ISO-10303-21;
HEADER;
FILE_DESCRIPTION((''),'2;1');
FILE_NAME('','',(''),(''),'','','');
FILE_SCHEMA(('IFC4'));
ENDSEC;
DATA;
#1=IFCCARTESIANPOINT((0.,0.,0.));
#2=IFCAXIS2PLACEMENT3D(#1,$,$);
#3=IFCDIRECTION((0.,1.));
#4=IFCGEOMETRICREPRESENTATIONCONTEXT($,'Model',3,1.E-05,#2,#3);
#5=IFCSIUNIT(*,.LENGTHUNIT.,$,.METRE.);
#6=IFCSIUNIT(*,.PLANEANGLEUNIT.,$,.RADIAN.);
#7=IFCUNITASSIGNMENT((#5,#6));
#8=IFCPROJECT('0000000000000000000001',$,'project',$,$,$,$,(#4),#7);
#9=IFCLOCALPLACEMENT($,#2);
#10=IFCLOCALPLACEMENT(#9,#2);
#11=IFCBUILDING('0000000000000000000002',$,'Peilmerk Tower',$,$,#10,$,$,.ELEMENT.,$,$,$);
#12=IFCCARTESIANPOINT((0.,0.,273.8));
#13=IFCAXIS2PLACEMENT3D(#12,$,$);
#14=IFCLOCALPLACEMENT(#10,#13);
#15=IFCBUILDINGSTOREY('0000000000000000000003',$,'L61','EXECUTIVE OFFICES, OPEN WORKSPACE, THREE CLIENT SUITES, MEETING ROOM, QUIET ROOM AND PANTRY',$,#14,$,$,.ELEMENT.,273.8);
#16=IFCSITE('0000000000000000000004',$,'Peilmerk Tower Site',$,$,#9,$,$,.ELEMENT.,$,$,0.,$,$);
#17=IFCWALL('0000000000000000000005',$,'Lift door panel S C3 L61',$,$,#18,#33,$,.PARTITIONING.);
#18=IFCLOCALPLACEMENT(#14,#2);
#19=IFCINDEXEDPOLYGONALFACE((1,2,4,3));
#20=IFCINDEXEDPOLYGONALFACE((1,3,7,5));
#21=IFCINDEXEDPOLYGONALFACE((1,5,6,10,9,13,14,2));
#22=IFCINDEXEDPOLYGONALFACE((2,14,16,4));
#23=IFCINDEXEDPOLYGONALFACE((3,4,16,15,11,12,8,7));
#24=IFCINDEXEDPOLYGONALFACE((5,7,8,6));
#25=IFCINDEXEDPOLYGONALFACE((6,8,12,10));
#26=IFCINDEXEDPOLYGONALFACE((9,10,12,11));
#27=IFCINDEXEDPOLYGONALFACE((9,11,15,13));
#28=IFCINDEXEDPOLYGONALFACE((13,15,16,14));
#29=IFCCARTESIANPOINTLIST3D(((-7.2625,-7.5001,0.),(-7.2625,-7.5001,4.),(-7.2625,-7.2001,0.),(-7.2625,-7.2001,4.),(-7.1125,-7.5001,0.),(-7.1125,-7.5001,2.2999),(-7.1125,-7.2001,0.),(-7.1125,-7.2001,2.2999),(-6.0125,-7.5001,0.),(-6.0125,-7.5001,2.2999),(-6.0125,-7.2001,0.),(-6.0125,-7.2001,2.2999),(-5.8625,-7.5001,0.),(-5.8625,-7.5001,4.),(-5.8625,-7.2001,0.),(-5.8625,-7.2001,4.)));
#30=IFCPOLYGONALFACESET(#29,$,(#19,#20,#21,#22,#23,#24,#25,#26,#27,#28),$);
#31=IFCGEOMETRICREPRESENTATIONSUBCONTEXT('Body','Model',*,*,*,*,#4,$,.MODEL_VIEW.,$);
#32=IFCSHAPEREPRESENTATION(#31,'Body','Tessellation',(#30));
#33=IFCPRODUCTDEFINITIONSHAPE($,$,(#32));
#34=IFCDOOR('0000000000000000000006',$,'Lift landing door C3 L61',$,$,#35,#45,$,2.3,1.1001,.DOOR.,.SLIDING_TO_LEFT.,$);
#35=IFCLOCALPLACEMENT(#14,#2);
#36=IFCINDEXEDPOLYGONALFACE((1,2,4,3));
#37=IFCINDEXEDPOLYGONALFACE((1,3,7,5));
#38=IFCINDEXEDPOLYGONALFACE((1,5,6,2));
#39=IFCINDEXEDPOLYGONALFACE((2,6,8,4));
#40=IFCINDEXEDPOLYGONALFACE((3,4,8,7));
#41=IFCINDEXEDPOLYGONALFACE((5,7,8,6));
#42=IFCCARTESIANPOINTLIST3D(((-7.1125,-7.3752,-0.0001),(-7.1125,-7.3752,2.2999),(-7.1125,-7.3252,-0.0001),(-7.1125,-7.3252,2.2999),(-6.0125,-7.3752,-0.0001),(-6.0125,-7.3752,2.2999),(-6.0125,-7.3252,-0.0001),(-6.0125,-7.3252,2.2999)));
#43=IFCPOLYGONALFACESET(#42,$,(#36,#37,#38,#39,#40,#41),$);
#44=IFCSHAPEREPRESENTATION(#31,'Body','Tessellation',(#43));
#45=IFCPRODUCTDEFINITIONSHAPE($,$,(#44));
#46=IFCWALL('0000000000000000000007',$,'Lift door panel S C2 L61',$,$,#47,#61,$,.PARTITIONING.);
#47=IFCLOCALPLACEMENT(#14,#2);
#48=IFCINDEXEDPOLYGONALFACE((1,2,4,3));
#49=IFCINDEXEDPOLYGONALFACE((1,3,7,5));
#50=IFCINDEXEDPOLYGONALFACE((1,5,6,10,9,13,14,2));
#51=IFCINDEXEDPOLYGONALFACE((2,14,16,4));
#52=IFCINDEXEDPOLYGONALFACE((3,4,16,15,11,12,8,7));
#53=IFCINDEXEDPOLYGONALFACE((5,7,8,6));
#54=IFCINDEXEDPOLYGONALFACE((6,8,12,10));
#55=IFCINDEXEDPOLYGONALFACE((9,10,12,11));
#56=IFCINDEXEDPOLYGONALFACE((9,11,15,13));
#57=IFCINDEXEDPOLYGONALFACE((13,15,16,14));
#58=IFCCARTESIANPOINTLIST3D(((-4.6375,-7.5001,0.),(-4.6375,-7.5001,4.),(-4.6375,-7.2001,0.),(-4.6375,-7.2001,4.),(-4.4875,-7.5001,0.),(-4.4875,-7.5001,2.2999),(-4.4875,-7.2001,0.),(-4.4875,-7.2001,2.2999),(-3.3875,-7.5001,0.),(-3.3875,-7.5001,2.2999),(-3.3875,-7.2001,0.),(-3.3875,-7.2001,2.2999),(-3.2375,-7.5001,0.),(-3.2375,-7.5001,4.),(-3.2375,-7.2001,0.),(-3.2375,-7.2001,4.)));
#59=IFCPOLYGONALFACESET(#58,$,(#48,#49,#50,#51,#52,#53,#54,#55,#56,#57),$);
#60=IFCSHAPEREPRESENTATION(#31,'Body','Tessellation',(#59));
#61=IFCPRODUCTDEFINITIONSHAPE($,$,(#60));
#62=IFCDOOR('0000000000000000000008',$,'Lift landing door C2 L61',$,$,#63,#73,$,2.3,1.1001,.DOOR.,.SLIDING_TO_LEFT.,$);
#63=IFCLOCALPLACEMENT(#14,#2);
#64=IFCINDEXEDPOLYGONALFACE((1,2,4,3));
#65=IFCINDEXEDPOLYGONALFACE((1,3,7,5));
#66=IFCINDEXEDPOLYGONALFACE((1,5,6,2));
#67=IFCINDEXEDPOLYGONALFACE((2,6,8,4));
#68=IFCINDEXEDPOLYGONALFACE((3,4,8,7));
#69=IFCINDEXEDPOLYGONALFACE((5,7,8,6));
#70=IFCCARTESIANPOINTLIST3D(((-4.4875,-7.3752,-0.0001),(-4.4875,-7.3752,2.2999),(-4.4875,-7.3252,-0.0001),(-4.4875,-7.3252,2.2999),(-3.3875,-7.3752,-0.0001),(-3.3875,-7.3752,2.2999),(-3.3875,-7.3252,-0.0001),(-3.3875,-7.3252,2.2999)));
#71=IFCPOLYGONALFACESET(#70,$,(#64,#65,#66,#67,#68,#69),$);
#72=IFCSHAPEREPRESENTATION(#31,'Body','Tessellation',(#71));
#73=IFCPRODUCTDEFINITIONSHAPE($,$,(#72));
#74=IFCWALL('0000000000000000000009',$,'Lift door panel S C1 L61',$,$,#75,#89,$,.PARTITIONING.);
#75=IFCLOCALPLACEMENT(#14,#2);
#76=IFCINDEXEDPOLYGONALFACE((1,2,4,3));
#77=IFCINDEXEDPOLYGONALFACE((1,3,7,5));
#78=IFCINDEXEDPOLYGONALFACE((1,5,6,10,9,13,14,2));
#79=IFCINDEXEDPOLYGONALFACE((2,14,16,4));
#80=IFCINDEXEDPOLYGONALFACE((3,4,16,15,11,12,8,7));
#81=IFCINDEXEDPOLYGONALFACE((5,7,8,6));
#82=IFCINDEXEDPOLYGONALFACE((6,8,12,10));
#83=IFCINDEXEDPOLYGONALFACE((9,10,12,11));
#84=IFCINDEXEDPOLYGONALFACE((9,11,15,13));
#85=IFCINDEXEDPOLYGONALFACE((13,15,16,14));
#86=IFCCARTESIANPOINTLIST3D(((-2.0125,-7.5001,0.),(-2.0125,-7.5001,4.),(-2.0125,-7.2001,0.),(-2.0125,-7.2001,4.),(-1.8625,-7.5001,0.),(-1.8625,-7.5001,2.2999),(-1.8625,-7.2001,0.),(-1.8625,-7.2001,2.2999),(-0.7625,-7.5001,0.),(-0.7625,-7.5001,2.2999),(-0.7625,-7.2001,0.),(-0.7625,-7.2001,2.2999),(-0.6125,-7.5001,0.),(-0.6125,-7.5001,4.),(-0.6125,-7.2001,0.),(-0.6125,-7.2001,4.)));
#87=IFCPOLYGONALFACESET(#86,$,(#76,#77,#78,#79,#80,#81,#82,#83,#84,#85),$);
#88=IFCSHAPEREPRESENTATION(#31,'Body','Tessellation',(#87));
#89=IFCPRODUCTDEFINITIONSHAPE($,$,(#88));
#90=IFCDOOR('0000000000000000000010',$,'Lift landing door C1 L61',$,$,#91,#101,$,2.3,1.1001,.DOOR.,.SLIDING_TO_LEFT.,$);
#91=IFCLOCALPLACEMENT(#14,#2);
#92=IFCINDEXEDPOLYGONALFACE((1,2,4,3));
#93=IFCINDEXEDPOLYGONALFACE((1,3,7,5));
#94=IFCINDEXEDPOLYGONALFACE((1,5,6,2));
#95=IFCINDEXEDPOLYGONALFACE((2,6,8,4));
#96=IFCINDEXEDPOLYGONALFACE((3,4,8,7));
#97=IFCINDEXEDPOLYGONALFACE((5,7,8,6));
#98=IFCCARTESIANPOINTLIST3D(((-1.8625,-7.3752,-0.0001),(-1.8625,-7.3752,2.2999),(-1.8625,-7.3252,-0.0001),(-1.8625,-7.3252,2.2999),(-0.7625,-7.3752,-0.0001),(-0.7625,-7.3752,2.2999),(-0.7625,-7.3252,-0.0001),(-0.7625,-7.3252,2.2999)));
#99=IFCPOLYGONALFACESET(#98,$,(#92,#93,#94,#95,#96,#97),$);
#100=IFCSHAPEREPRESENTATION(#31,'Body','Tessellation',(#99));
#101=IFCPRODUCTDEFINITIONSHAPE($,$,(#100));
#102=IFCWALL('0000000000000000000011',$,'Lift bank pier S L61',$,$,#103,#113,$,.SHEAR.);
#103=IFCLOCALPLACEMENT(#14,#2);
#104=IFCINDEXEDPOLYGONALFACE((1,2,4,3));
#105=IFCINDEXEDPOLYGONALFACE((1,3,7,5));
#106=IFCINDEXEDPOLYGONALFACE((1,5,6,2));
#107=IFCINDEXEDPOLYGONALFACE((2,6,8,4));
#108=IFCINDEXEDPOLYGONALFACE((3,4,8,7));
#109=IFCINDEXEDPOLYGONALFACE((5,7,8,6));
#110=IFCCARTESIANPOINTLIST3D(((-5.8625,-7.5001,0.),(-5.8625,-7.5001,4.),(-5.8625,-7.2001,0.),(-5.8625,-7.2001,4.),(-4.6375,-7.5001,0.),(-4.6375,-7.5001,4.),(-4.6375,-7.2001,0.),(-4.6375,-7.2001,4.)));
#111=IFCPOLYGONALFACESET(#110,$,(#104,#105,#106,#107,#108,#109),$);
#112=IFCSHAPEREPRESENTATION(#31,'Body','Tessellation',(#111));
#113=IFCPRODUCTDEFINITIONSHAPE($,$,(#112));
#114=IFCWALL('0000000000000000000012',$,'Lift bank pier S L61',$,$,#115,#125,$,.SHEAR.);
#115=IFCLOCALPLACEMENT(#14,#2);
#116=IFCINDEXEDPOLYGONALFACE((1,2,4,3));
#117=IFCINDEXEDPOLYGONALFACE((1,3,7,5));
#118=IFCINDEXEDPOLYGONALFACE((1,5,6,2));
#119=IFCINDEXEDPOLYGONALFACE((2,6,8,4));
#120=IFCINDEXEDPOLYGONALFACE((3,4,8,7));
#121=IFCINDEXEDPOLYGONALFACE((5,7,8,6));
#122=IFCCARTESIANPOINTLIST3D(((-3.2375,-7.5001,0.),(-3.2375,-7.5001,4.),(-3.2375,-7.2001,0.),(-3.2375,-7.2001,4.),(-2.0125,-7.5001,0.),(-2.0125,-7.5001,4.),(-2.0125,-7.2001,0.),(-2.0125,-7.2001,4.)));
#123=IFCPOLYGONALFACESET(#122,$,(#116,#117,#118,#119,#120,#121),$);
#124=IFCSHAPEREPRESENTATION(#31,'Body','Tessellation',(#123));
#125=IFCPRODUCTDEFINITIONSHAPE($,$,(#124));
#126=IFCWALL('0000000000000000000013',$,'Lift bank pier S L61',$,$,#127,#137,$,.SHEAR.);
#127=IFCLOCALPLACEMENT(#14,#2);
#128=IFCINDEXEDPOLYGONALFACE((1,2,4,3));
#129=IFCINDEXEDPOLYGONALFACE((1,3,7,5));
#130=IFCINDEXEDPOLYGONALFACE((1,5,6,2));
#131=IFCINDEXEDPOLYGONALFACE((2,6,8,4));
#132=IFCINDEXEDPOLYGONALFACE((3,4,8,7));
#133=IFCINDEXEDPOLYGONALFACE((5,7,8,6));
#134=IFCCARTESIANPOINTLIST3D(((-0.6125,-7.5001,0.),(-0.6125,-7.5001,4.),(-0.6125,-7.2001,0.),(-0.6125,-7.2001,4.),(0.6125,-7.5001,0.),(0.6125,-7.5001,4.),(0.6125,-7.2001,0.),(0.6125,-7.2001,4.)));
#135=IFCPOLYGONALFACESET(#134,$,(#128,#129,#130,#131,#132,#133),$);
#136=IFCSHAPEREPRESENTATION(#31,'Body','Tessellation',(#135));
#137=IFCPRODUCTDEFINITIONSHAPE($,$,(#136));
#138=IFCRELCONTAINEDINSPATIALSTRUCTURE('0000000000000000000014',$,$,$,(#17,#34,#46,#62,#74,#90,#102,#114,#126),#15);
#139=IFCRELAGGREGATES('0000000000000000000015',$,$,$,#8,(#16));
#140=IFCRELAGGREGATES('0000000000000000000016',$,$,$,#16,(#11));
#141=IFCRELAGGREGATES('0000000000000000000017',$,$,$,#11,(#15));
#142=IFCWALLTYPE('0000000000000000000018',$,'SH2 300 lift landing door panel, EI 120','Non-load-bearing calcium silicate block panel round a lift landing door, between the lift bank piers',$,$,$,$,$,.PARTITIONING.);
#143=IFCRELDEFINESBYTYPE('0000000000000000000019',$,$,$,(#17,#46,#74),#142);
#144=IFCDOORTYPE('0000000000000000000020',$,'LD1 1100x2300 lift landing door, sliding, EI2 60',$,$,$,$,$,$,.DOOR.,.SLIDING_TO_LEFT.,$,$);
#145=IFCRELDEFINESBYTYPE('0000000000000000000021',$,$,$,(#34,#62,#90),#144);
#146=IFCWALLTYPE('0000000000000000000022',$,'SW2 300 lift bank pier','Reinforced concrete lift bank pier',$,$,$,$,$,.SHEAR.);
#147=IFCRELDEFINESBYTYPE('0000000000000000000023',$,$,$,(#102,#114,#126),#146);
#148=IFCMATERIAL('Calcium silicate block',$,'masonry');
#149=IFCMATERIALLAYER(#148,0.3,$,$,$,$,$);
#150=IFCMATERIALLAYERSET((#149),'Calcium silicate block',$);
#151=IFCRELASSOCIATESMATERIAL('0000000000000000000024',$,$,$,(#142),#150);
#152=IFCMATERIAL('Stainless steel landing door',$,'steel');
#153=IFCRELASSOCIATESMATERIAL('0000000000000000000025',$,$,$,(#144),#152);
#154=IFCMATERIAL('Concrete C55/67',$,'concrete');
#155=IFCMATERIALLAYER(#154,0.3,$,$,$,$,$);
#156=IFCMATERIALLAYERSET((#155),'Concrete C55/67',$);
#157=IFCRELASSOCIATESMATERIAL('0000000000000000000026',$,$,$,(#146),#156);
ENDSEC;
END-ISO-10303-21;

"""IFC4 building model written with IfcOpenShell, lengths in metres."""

from ifc_helpers import new_model, si_unit, direction, frame, frame_2d, origin, place, context, subcontext, project, spatial, rectangle, extrude, material, layer, layer_set, type_object, element, fill, save


model = new_model("IFC4")

# Units and contexts
model_context = context("Model", 3, precision=1e-05, world=origin(), true_north=direction((0.0, 1.0)))
body_context = subcontext(model_context, "Body", "Model", "MODEL_VIEW")
ifc_project = project(units=[si_unit("LENGTHUNIT", "METRE"), si_unit("PLANEANGLEUNIT", "RADIAN")], contexts=[model_context])

# Site, building, storey
site_placement = place(None, origin())
site = spatial("IfcSite", under=ifc_project, at=site_placement, Name="Peilmerk Tower Site", CompositionType="ELEMENT", RefElevation=0.0)
building_placement = place(site_placement, origin())
building = spatial("IfcBuilding", under=site, at=building_placement, Name="Peilmerk Tower", CompositionType="ELEMENT")
storey_placement = place(building_placement, frame((0.0, 0.0, 273.8)))
storey = spatial("IfcBuildingStorey", under=building, at=storey_placement, Name="L61", Description="EXECUTIVE OFFICES, OPEN WORKSPACE, THREE CLIENT SUITES, MEETING ROOM, QUIET ROOM AND PANTRY", CompositionType="ELEMENT", Elevation=273.8)

# Shared definitions
ifc_material_1 = material(Name="Calcium silicate block", Category="masonry")

# Walls, openings, doors
ifc_layer_1 = layer(ifc_material_1, 0.3)
ifc_layer_set_1 = layer_set([ifc_layer_1], Name="Calcium silicate block")
wall_type_1 = type_object("IfcWallType", Name="SH2 300 lift landing door panel, EI 120", Description="Non-load-bearing calcium silicate block panel round a lift landing door, between the lift bank piers", PredefinedType="PARTITIONING", material=ifc_layer_set_1)
wall_1_placement = place(storey_placement, frame((-7.2625, -7.3501, 0.0), z_axis=(0.0, 0.0, 1.0), x_axis=(1.0, 0.0, 0.0)))
wall_1 = element("IfcWall", 1, at=wall_1_placement, inside=storey, type_object=wall_type_1, Name="Lift door panel S C3 L61", PredefinedType="PARTITIONING", context=body_context, shape_type="SweptSolid", body=[
    extrude(rectangle(XDim=1.3999, YDim=0.3, at=frame_2d((0.7, 0.0))), origin(), (0.0, 0.0, 1.0), 4.0),
])
opening_1_placement = place(wall_1_placement, frame((0.1499, 0.0, 0.0)))
opening_1 = element("IfcOpeningElement", 2, at=opening_1_placement, cuts=wall_1, PredefinedType="OPENING", context=body_context, shape_type="SweptSolid", body=[
    extrude(rectangle(XDim=1.1001, YDim=2.3, at=frame_2d((0.55, 1.1499))), frame((0.0, 0.1599, 0.0), z_axis=(0.0, -1.0, 0.0), x_axis=(1.0, 0.0, 0.0)), (0.0, 0.0, 1.0), 0.3201),
])
ifc_material_2 = material(Name="Stainless steel landing door", Category="steel")
door_type = type_object("IfcDoorType", Name="LD1 1100x2300 lift landing door, sliding, EI2 60", OperationType="SLIDING_TO_LEFT", PredefinedType="DOOR", material=ifc_material_2)
door_1_placement = place(opening_1_placement, origin())
door_1 = element("IfcDoor", 3, at=door_1_placement, inside=storey, type_object=door_type, Name="Lift landing door C3 L61", OperationType="SLIDING_TO_LEFT", OverallHeight=2.3, OverallWidth=1.1001, PredefinedType="DOOR", context=body_context, shape_type="SweptSolid", body=[
    extrude(rectangle(XDim=1.1001, YDim=2.3, at=frame_2d((0.55, 1.1499))), frame((0.0, 0.0249, 0.0), z_axis=(0.0, -1.0, 0.0), x_axis=(1.0, 0.0, 0.0)), (0.0, 0.0, 1.0), 0.05),
])
fill(opening_1, door_1)
wall_2_placement = place(storey_placement, frame((-4.6375, -7.3501, 0.0), z_axis=(0.0, 0.0, 1.0), x_axis=(1.0, 0.0, 0.0)))
wall_2 = element("IfcWall", 4, at=wall_2_placement, inside=storey, type_object=wall_type_1, Name="Lift door panel S C2 L61", PredefinedType="PARTITIONING", context=body_context, shape_type="SweptSolid", body=[
    extrude(rectangle(XDim=1.3999, YDim=0.3, at=frame_2d((0.7, 0.0))), origin(), (0.0, 0.0, 1.0), 4.0),
])
opening_2_placement = place(wall_2_placement, frame((0.1499, 0.0, 0.0)))
opening_2 = element("IfcOpeningElement", 5, at=opening_2_placement, cuts=wall_2, PredefinedType="OPENING", context=body_context, shape_type="SweptSolid", body=[
    extrude(rectangle(XDim=1.1001, YDim=2.3, at=frame_2d((0.55, 1.1499))), frame((0.0, 0.1599, 0.0), z_axis=(0.0, -1.0, 0.0), x_axis=(1.0, 0.0, 0.0)), (0.0, 0.0, 1.0), 0.3201),
])
door_2_placement = place(opening_2_placement, origin())
door_2 = element("IfcDoor", 6, at=door_2_placement, inside=storey, type_object=door_type, Name="Lift landing door C2 L61", OperationType="SLIDING_TO_LEFT", OverallHeight=2.3, OverallWidth=1.1001, PredefinedType="DOOR", context=body_context, shape_type="SweptSolid", body=[
    extrude(rectangle(XDim=1.1001, YDim=2.3, at=frame_2d((0.55, 1.1499))), frame((0.0, 0.0249, 0.0), z_axis=(0.0, -1.0, 0.0), x_axis=(1.0, 0.0, 0.0)), (0.0, 0.0, 1.0), 0.05),
])
fill(opening_2, door_2)
wall_3_placement = place(storey_placement, frame((-2.0125, -7.3501, 0.0), z_axis=(0.0, 0.0, 1.0), x_axis=(1.0, 0.0, 0.0)))
wall_3 = element("IfcWall", 7, at=wall_3_placement, inside=storey, type_object=wall_type_1, Name="Lift door panel S C1 L61", PredefinedType="PARTITIONING", context=body_context, shape_type="SweptSolid", body=[
    extrude(rectangle(XDim=1.3999, YDim=0.3, at=frame_2d((0.7, 0.0))), origin(), (0.0, 0.0, 1.0), 4.0),
])
opening_3_placement = place(wall_3_placement, frame((0.1499, 0.0, 0.0)))
opening_3 = element("IfcOpeningElement", 8, at=opening_3_placement, cuts=wall_3, PredefinedType="OPENING", context=body_context, shape_type="SweptSolid", body=[
    extrude(rectangle(XDim=1.1001, YDim=2.3, at=frame_2d((0.55, 1.1499))), frame((0.0, 0.1599, 0.0), z_axis=(0.0, -1.0, 0.0), x_axis=(1.0, 0.0, 0.0)), (0.0, 0.0, 1.0), 0.3201),
])
door_3_placement = place(opening_3_placement, origin())
door_3 = element("IfcDoor", 9, at=door_3_placement, inside=storey, type_object=door_type, Name="Lift landing door C1 L61", OperationType="SLIDING_TO_LEFT", OverallHeight=2.3, OverallWidth=1.1001, PredefinedType="DOOR", context=body_context, shape_type="SweptSolid", body=[
    extrude(rectangle(XDim=1.1001, YDim=2.3, at=frame_2d((0.55, 1.1499))), frame((0.0, 0.0249, 0.0), z_axis=(0.0, -1.0, 0.0), x_axis=(1.0, 0.0, 0.0)), (0.0, 0.0, 1.0), 0.05),
])
fill(opening_3, door_3)

# Walls
ifc_material_3 = material(Name="Concrete C55/67", Category="concrete")
ifc_layer_2 = layer(ifc_material_3, 0.3)
ifc_layer_set_2 = layer_set([ifc_layer_2], Name="Concrete C55/67")
wall_type_2 = type_object("IfcWallType", Name="SW2 300 lift bank pier", Description="Reinforced concrete lift bank pier", PredefinedType="SHEAR", material=ifc_layer_set_2)
for number, where, z_axis, x_axis, name in (
    (10, (-5.8625, -7.3501, 0.0), (0.0, 0.0, 1.0), (1.0, 0.0, 0.0), "Lift bank pier S L61"),
    (11, (-3.2375, -7.3501, 0.0), (0.0, 0.0, 1.0), (1.0, 0.0, 0.0), "Lift bank pier S L61"),
    (12, (-0.6125, -7.3501, 0.0), (0.0, 0.0, 1.0), (1.0, 0.0, 0.0), "Lift bank pier S L61"),
):
    element("IfcWall", number, at=place(storey_placement, frame(where, z_axis=z_axis, x_axis=x_axis)), inside=storey, type_object=wall_type_2, Name=name, PredefinedType="SHEAR", context=body_context, shape_type="SweptSolid", body=[
        extrude(rectangle(XDim=1.2251, YDim=0.3, at=frame_2d((0.6125, 0.0))), origin(), (0.0, 0.0, 1.0), 4.0),
    ])

save(model, "model.ifc")
